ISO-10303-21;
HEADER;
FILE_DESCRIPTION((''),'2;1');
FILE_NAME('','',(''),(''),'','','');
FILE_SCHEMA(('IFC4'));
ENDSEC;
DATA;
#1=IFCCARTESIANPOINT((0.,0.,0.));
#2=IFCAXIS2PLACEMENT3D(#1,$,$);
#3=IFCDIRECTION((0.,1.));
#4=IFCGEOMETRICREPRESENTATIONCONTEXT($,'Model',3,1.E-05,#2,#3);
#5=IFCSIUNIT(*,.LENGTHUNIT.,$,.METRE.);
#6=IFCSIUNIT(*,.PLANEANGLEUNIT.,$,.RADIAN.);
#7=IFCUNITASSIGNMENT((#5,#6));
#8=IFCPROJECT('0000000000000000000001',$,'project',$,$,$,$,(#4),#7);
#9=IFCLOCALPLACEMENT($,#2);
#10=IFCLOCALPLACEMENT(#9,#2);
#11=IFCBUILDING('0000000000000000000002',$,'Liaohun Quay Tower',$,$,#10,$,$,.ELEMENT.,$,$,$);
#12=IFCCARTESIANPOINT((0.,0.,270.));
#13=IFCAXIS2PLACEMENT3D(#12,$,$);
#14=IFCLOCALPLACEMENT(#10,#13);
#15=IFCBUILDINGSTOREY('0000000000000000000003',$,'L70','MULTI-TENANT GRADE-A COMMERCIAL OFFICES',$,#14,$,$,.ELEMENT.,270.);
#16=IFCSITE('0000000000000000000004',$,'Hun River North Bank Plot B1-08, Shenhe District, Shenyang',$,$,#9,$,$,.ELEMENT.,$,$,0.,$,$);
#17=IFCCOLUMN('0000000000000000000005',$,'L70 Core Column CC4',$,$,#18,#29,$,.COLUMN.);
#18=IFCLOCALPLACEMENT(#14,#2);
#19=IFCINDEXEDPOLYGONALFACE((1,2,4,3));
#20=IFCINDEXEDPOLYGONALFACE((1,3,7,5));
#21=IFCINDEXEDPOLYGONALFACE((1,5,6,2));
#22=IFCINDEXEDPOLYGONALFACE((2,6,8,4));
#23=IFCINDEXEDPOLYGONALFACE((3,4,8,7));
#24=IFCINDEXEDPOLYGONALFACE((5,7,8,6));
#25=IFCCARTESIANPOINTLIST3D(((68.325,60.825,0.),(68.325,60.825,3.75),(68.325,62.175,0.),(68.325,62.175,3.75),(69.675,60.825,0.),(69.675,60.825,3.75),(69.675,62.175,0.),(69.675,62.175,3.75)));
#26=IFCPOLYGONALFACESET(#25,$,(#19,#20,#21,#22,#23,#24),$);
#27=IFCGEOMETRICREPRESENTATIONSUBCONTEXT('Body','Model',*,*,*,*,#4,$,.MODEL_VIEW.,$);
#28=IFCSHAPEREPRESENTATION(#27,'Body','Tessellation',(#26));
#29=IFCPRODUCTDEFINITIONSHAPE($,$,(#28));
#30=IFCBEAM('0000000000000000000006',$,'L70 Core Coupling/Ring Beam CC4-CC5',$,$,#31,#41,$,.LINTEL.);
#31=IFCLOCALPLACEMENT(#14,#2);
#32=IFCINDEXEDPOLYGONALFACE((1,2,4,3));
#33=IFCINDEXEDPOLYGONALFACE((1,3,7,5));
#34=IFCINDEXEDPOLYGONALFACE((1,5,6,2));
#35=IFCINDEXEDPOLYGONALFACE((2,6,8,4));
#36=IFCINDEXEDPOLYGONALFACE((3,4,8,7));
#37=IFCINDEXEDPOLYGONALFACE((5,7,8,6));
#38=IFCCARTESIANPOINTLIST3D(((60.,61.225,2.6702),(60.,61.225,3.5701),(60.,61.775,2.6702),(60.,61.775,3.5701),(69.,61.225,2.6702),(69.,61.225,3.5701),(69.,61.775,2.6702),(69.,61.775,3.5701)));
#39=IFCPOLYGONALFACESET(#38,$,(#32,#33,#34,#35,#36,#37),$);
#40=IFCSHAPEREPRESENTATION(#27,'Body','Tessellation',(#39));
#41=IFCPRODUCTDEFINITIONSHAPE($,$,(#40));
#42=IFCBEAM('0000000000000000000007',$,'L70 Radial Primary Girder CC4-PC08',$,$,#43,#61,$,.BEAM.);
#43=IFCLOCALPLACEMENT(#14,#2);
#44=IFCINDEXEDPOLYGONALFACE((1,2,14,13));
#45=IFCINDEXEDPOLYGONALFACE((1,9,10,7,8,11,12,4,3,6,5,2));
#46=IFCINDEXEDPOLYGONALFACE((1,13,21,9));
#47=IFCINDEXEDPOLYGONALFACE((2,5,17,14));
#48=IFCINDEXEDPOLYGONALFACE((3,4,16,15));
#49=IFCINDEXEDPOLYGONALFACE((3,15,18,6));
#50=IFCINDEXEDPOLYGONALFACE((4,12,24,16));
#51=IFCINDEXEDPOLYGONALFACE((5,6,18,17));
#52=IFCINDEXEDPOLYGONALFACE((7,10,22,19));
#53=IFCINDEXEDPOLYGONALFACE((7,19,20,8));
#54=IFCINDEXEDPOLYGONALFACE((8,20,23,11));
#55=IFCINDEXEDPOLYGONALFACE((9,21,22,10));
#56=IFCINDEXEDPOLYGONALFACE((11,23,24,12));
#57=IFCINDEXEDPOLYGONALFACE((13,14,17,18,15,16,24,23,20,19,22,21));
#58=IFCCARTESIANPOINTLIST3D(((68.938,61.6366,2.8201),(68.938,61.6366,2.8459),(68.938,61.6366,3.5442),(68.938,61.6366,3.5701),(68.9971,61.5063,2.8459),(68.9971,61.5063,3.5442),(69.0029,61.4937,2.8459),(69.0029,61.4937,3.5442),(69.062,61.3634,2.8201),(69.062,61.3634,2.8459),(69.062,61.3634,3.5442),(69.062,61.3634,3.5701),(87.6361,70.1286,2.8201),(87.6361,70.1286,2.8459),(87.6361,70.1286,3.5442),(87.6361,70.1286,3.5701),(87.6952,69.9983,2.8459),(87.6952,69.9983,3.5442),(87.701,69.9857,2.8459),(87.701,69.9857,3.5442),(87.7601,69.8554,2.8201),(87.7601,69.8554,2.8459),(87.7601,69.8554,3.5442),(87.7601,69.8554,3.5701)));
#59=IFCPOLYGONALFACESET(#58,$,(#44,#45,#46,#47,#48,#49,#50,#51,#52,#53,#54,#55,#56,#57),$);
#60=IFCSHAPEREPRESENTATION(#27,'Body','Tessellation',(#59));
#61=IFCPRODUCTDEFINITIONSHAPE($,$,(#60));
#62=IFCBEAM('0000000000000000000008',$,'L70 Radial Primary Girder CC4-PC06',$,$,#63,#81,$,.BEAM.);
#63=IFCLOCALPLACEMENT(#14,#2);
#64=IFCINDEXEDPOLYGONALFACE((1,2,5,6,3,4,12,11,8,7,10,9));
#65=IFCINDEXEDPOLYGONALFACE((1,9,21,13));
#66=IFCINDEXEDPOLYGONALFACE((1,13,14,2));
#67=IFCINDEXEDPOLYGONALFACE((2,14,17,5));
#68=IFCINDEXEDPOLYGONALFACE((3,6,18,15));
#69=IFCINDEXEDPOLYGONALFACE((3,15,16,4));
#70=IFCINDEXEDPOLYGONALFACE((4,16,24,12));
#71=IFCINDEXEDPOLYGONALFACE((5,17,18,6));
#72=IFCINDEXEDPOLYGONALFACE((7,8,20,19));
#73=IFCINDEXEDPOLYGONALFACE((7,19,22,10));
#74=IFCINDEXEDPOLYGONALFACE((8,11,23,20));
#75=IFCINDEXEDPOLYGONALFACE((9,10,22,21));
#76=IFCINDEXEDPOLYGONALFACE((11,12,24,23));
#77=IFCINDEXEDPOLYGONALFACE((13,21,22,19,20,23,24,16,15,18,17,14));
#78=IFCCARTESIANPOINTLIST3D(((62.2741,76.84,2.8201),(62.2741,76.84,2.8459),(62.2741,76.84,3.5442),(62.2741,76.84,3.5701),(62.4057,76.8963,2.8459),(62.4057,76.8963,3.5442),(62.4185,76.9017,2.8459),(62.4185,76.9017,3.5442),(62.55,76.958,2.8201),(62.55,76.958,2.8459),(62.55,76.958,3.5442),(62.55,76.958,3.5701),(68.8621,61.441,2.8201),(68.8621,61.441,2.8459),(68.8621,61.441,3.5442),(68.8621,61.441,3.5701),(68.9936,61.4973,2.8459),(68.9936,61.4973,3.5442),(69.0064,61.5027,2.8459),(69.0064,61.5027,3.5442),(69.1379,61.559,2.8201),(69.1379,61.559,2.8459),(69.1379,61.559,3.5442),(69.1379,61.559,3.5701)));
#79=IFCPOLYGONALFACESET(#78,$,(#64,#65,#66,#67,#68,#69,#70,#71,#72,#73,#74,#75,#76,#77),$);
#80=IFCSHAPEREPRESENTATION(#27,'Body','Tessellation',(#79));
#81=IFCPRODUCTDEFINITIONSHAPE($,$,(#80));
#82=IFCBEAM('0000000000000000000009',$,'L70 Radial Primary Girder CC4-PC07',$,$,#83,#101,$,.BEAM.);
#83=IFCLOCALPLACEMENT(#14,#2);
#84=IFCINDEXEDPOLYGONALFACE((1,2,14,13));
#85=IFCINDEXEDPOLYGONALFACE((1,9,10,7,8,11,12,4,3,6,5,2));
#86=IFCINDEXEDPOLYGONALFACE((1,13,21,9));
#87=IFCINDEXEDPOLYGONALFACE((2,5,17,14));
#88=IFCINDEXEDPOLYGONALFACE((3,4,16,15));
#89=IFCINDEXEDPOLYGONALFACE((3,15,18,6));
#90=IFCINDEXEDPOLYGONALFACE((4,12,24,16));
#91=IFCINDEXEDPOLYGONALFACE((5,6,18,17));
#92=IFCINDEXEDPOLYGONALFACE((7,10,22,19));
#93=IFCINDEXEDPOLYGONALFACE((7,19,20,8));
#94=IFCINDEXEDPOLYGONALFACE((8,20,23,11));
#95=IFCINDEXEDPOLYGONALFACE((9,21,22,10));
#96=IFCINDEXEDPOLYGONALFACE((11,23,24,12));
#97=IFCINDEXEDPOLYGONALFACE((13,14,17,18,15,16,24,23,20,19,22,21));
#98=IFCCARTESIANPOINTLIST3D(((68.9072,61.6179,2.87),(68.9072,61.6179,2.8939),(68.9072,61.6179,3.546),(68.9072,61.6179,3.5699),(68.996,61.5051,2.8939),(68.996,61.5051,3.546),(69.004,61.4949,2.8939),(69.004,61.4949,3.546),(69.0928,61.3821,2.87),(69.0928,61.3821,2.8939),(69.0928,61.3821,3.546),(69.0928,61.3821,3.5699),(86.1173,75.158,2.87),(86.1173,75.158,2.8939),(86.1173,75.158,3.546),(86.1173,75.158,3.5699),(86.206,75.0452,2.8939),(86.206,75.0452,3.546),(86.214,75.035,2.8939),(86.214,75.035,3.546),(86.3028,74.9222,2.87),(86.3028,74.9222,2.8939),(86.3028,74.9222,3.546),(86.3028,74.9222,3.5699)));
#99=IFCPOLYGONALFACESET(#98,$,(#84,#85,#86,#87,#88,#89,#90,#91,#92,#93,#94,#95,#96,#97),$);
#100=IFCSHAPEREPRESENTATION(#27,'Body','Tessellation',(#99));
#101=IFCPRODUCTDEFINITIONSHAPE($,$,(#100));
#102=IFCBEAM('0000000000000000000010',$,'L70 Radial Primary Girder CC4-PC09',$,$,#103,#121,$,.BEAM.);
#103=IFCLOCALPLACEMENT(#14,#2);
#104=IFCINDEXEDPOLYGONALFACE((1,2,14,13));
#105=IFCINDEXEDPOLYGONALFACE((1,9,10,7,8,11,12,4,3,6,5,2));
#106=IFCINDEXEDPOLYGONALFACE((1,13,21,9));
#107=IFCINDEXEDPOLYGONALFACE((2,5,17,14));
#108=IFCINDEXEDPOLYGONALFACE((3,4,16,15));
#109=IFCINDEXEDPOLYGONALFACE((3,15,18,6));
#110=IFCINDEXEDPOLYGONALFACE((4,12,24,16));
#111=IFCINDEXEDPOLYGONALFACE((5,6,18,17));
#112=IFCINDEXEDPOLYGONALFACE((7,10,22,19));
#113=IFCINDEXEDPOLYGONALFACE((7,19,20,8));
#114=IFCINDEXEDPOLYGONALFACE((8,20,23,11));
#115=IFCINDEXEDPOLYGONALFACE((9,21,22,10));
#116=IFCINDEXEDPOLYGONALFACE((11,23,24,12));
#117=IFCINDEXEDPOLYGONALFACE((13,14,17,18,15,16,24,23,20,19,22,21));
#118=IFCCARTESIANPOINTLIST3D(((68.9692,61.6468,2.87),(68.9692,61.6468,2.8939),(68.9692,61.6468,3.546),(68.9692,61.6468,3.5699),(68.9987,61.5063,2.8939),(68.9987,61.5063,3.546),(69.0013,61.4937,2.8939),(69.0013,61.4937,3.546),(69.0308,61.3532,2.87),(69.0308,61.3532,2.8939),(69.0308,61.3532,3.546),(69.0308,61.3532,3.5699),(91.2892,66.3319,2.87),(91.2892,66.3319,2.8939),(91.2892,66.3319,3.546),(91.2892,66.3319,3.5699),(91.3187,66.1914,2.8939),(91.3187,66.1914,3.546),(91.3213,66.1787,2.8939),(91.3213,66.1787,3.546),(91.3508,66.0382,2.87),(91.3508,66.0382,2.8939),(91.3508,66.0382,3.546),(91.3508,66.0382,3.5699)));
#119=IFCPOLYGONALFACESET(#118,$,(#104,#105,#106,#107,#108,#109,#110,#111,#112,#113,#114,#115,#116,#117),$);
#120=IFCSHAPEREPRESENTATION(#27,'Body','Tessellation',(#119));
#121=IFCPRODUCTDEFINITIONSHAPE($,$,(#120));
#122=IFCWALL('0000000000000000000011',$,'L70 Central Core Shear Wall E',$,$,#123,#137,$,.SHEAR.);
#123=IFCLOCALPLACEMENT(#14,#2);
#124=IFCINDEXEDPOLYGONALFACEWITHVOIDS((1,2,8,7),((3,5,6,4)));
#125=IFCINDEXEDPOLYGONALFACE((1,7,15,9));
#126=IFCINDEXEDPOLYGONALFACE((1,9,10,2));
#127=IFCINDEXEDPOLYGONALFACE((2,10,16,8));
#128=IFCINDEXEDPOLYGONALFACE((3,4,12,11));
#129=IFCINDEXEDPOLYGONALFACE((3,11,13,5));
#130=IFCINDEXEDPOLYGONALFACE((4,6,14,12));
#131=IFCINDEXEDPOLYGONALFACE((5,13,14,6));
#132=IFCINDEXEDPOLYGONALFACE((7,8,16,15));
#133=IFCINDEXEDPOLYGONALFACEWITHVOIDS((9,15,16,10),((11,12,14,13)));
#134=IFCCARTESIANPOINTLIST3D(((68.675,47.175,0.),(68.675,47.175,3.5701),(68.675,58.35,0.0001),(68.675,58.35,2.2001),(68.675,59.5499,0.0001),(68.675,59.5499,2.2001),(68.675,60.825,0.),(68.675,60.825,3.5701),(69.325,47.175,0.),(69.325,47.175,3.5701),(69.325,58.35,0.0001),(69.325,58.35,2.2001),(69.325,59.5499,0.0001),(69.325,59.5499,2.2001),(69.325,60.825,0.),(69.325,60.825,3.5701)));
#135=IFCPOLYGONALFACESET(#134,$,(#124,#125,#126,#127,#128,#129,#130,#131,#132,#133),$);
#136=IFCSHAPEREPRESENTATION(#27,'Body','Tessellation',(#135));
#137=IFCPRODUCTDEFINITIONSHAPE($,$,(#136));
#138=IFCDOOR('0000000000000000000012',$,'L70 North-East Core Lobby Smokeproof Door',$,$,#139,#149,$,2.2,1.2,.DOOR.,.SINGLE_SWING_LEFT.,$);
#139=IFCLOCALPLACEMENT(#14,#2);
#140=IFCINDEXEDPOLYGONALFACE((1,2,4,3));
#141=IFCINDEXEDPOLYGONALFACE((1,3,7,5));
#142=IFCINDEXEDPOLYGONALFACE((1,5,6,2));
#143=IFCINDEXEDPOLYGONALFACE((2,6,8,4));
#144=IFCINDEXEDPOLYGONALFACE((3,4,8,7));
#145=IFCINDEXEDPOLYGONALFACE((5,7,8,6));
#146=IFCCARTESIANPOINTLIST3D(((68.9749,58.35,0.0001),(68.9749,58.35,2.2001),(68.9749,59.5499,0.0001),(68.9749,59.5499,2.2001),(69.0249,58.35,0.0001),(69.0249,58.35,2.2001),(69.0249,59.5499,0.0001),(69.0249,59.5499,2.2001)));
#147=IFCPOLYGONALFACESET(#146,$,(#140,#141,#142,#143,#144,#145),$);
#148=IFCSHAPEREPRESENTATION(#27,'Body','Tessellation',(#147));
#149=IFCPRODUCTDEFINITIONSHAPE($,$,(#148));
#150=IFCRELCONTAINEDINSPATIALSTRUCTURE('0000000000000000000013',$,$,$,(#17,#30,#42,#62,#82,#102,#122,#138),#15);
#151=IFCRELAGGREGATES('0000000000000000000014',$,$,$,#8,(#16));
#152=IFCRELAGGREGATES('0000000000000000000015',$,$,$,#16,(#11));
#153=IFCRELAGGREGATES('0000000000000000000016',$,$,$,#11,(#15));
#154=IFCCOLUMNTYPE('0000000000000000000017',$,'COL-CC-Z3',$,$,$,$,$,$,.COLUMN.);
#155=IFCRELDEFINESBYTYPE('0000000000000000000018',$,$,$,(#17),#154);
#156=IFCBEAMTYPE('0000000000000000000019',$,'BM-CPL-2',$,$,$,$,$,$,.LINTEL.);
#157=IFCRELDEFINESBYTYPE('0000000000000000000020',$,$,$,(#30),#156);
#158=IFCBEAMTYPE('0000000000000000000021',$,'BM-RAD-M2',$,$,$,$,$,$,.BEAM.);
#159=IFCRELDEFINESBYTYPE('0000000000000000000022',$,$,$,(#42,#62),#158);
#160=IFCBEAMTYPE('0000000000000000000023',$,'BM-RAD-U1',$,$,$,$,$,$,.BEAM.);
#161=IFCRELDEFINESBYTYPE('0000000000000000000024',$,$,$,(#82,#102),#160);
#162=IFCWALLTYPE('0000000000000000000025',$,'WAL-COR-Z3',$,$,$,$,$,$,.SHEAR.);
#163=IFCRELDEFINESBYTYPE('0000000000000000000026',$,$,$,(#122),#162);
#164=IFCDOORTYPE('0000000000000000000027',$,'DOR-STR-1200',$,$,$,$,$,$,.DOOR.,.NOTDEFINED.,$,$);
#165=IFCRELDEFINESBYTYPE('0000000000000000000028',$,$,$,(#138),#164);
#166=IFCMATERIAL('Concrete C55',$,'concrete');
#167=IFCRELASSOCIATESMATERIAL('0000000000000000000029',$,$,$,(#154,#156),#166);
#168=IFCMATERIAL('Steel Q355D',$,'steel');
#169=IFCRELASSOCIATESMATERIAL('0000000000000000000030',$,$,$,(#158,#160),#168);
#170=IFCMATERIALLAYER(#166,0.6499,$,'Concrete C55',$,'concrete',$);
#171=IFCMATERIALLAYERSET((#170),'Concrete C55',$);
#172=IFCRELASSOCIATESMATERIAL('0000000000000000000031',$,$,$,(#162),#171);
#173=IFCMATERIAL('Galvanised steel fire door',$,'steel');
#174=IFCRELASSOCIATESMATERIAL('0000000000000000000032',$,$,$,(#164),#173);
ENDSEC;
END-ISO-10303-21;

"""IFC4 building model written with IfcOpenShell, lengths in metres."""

from ifc_helpers import new_model, si_unit, direction, frame, frame_2d, origin, origin_2d, place, context, subcontext, project, spatial, rectangle, i_section, extrude, source, transform, mapped, material, layer, layer_set, material_profile, profile_set, type_object, element, fill, save


model = new_model("IFC4")

# Units and contexts
model_context = context("Model", 3, precision=1e-05, world=origin(), true_north=direction((0.0, 1.0)))
body_context = subcontext(model_context, "Body", "Model", "MODEL_VIEW")
ifc_project = project(units=[si_unit("LENGTHUNIT", "METRE"), si_unit("PLANEANGLEUNIT", "RADIAN")], contexts=[model_context])

# Site, building, storey
site_placement = place(None, origin())
site = spatial("IfcSite", under=ifc_project, at=site_placement, Name="Hun River North Bank Plot B1-08, Shenhe District, Shenyang", CompositionType="ELEMENT", RefElevation=0.0)
building_placement = place(site_placement, origin())
building = spatial("IfcBuilding", under=site, at=building_placement, Name="Liaohun Quay Tower", CompositionType="ELEMENT")
storey_placement = place(building_placement, frame((0.0, 0.0, 270.0)))
storey = spatial("IfcBuildingStorey", under=building, at=storey_placement, Name="L70", Description="MULTI-TENANT GRADE-A COMMERCIAL OFFICES", CompositionType="ELEMENT", Elevation=270.0)

# Column
ifc_material_1 = material(Name="Concrete C55", Category="concrete")
ifc_material_profile_1 = material_profile(ifc_material_1, rectangle(XDim=1.3501, YDim=1.3501, at=origin_2d()), Name="RC1350x1350")
ifc_profile_set_1 = profile_set([ifc_material_profile_1], Name="Concrete C55")
column_type = type_object("IfcColumnType", Name="COL-CC-Z3", PredefinedType="COLUMN", material=ifc_profile_set_1)
shared_shape_1 = source(origin(), body_context, "Body", "SweptSolid", [
    extrude(rectangle(XDim=1.3501, YDim=1.3501, at=origin_2d()), origin(), (0.0, 0.0, 1.0), 3.75),
])
column_placement = place(storey_placement, frame((69.0, 61.5, 0.0), z_axis=(0.0, 0.0, 1.0), x_axis=(1.0, 0.0, 0.0)))
element("IfcColumn", 1, at=column_placement, inside=storey, type_object=column_type, Name="L70 Core Column CC4", PredefinedType="COLUMN", context=body_context, shape_type="MappedRepresentation", body=[
    mapped(shared_shape_1, transform((0.0, 0.0, 0.0), x_axis=(1.0, 0.0, 0.0), y_axis=(0.0, 1.0, 0.0), z_axis=(0.0, 0.0, 1.0), scale=1.0)),
])

# Beams
ifc_material_profile_2 = material_profile(ifc_material_1, rectangle(XDim=0.55, YDim=0.8999, at=origin_2d()), Name="RC550x900")
ifc_profile_set_2 = profile_set([ifc_material_profile_2], Name="Concrete C55")
beam_type_1 = type_object("IfcBeamType", Name="BM-CPL-2", PredefinedType="LINTEL", material=ifc_profile_set_2)
shared_shape_2 = source(origin(), body_context, "Body", "SweptSolid", [
    extrude(rectangle(XDim=0.55, YDim=0.8999, at=origin_2d()), origin(), (0.0, 0.0, 1.0), 9.0),
])
beam_1_placement = place(storey_placement, frame((69.0, 61.5, 3.1201), z_axis=(-1.0, 0.0, 0.0), x_axis=(0.0, -1.0, 0.0)))
element("IfcBeam", 2, at=beam_1_placement, inside=storey, type_object=beam_type_1, Name="L70 Core Coupling/Ring Beam CC4-CC5", PredefinedType="LINTEL", context=body_context, shape_type="MappedRepresentation", body=[
    mapped(shared_shape_2, transform((0.0, 0.0, 0.0), x_axis=(1.0, 0.0, 0.0), y_axis=(0.0, 1.0, 0.0), z_axis=(0.0, 0.0, 1.0), scale=1.0)),
])
ifc_material_2 = material(Name="Steel Q355D", Category="steel")
ifc_material_profile_3 = material_profile(ifc_material_2, i_section(OverallWidth=0.3, OverallDepth=0.75, WebThickness=0.0139, FlangeThickness=0.0259, at=origin_2d()), Name="HN750x300x14x26")
ifc_profile_set_3 = profile_set([ifc_material_profile_3], Name="Steel Q355D")
beam_type_2 = type_object("IfcBeamType", Name="BM-RAD-M2", PredefinedType="BEAM", material=ifc_profile_set_3)
shared_shape_3 = source(origin(), body_context, "Body", "SweptSolid", [
    extrude(i_section(OverallWidth=0.3, OverallDepth=0.75, WebThickness=0.0139, FlangeThickness=0.0259, at=origin_2d()), origin(), (0.0, 0.0, 1.0), 20.5361),
])
beam_2_placement = place(storey_placement, frame((69.0, 61.5, 3.1951), z_axis=(0.910498, 0.413515, 0.0), x_axis=(-0.413515, 0.910498, 0.0)))
element("IfcBeam", 3, at=beam_2_placement, inside=storey, type_object=beam_type_2, Name="L70 Radial Primary Girder CC4-PC08", PredefinedType="BEAM", context=body_context, shape_type="MappedRepresentation", body=[
    mapped(shared_shape_3, transform((0.0, 0.0, 0.0), x_axis=(1.0, 0.0, 0.0), y_axis=(0.0, 1.0, 0.0), z_axis=(0.0, 0.0, 1.0), scale=1.0)),
])
shared_shape_4 = source(origin(), body_context, "Body", "SweptSolid", [
    extrude(i_section(OverallWidth=0.3, OverallDepth=0.75, WebThickness=0.0139, FlangeThickness=0.0259, at=origin_2d()), origin(), (0.0, 0.0, 1.0), 16.749),
])
beam_3_placement = place(storey_placement, frame((69.0, 61.5, 3.1951), z_axis=(-0.393332, 0.919397, 0.0), x_axis=(-0.919397, -0.393332, 0.0)))
element("IfcBeam", 4, at=beam_3_placement, inside=storey, type_object=beam_type_2, Name="L70 Radial Primary Girder CC4-PC06", PredefinedType="BEAM", context=body_context, shape_type="MappedRepresentation", body=[
    mapped(shared_shape_4, transform((0.0, 0.0, 0.0), x_axis=(1.0, 0.0, 0.0), y_axis=(0.0, 1.0, 0.0), z_axis=(0.0, 0.0, 1.0), scale=1.0)),
])
ifc_material_profile_4 = material_profile(ifc_material_2, i_section(OverallWidth=0.3, OverallDepth=0.7, WebThickness=0.0129, FlangeThickness=0.0239, at=origin_2d()), Name="HN700x300x13x24")
ifc_profile_set_4 = profile_set([ifc_material_profile_4], Name="Steel Q355D")
beam_type_3 = type_object("IfcBeamType", Name="BM-RAD-U1", PredefinedType="BEAM", material=ifc_profile_set_4)
shared_shape_5 = source(origin(), body_context, "Body", "SweptSolid", [
    extrude(i_section(OverallWidth=0.3, OverallDepth=0.7, WebThickness=0.0129, FlangeThickness=0.0239, at=origin_2d()), origin(), (0.0, 0.0, 1.0), 21.8979),
])
beam_4_placement = place(storey_placement, frame((69.0, 61.5, 3.22), z_axis=(0.78592, 0.618328, 0.0), x_axis=(-0.618328, 0.78592, 0.0)))
element("IfcBeam", 5, at=beam_4_placement, inside=storey, type_object=beam_type_3, Name="L70 Radial Primary Girder CC4-PC07", PredefinedType="BEAM", context=body_context, shape_type="MappedRepresentation", body=[
    mapped(shared_shape_5, transform((0.0, 0.0, 0.0), x_axis=(1.0, 0.0, 0.0), y_axis=(0.0, 1.0, 0.0), z_axis=(0.0, 0.0, 1.0), scale=1.0)),
])
shared_shape_6 = source(origin(), body_context, "Body", "SweptSolid", [
    extrude(i_section(OverallWidth=0.3, OverallDepth=0.7, WebThickness=0.0129, FlangeThickness=0.0239, at=origin_2d()), origin(), (0.0, 0.0, 1.0), 22.8064),
])
beam_5_placement = place(storey_placement, frame((69.0, 61.5, 3.22), z_axis=(0.978673, 0.205427, 0.0), x_axis=(-0.205427, 0.978673, 0.0)))
element("IfcBeam", 6, at=beam_5_placement, inside=storey, type_object=beam_type_3, Name="L70 Radial Primary Girder CC4-PC09", PredefinedType="BEAM", context=body_context, shape_type="MappedRepresentation", body=[
    mapped(shared_shape_6, transform((0.0, 0.0, 0.0), x_axis=(1.0, 0.0, 0.0), y_axis=(0.0, 1.0, 0.0), z_axis=(0.0, 0.0, 1.0), scale=1.0)),
])

# Wall, opening, door
ifc_layer_1 = layer(ifc_material_1, 0.6499, Name="Concrete C55", Category="concrete")
ifc_layer_set_1 = layer_set([ifc_layer_1], Name="Concrete C55")
wall_type_1 = type_object("IfcWallType", Name="WAL-COR-Z3", PredefinedType="SHEAR", material=ifc_layer_set_1)
wall_1_placement = place(storey_placement, frame((69.0, 60.825, 0.0), z_axis=(0.0, 0.0, 1.0), x_axis=(0.0, -1.0, 0.0)))
wall_1 = element("IfcWall", 7, at=wall_1_placement, inside=storey, type_object=wall_type_1, Name="L70 Central Core Shear Wall E", PredefinedType="SHEAR", context=body_context, shape_type="SweptSolid", body=[
    extrude(rectangle(XDim=13.6499, YDim=0.6499, at=frame_2d((6.825, 0.0))), origin(), (0.0, 0.0, 1.0), 3.5701),
])
shared_shape_7 = source(origin(), body_context, "Body", "SweptSolid", [
    extrude(rectangle(XDim=1.2, YDim=2.2, at=frame_2d((0.6001, 1.1001))), frame((0.0, 0.335, 0.0), z_axis=(0.0, -1.0, 0.0), x_axis=(1.0, 0.0, 0.0)), (0.0, 0.0, 1.0), 0.6699),
])
opening_1_placement = place(wall_1_placement, frame((1.2749, 0.0, 0.0)))
opening_1 = element("IfcOpeningElement", 8, at=opening_1_placement, cuts=wall_1, PredefinedType="OPENING", context=body_context, shape_type="MappedRepresentation", body=[
    mapped(shared_shape_7, transform((0.0, 0.0, 0.0), x_axis=(1.0, 0.0, 0.0), y_axis=(0.0, 1.0, 0.0), z_axis=(0.0, 0.0, 1.0), scale=1.0)),
])
ifc_material_3 = material(Name="Galvanised steel fire door", Category="steel")
door_type_1 = type_object("IfcDoorType", Name="DOR-STR-1200", OperationType="NOTDEFINED", PredefinedType="DOOR", material=ifc_material_3)
shared_shape_8 = source(origin(), body_context, "Body", "SweptSolid", [
    extrude(rectangle(XDim=1.2, YDim=2.2, at=frame_2d((0.6001, 1.1001))), frame((0.0, 0.0249, 0.0), z_axis=(0.0, -1.0, 0.0), x_axis=(1.0, 0.0, 0.0)), (0.0, 0.0, 1.0), 0.05),
])
door_1_placement = place(opening_1_placement, origin())
door_1 = element("IfcDoor", 9, at=door_1_placement, inside=storey, type_object=door_type_1, Name="L70 North-East Core Lobby Smokeproof Door", OperationType="SINGLE_SWING_LEFT", OverallHeight=2.2, OverallWidth=1.2, PredefinedType="DOOR", context=body_context, shape_type="MappedRepresentation", body=[
    mapped(shared_shape_8, transform((0.0, 0.0, 0.0), x_axis=(1.0, 0.0, 0.0), y_axis=(0.0, 1.0, 0.0), z_axis=(0.0, 0.0, 1.0), scale=1.0)),
])
fill(opening_1, door_1)

save(model, "model.ifc")
